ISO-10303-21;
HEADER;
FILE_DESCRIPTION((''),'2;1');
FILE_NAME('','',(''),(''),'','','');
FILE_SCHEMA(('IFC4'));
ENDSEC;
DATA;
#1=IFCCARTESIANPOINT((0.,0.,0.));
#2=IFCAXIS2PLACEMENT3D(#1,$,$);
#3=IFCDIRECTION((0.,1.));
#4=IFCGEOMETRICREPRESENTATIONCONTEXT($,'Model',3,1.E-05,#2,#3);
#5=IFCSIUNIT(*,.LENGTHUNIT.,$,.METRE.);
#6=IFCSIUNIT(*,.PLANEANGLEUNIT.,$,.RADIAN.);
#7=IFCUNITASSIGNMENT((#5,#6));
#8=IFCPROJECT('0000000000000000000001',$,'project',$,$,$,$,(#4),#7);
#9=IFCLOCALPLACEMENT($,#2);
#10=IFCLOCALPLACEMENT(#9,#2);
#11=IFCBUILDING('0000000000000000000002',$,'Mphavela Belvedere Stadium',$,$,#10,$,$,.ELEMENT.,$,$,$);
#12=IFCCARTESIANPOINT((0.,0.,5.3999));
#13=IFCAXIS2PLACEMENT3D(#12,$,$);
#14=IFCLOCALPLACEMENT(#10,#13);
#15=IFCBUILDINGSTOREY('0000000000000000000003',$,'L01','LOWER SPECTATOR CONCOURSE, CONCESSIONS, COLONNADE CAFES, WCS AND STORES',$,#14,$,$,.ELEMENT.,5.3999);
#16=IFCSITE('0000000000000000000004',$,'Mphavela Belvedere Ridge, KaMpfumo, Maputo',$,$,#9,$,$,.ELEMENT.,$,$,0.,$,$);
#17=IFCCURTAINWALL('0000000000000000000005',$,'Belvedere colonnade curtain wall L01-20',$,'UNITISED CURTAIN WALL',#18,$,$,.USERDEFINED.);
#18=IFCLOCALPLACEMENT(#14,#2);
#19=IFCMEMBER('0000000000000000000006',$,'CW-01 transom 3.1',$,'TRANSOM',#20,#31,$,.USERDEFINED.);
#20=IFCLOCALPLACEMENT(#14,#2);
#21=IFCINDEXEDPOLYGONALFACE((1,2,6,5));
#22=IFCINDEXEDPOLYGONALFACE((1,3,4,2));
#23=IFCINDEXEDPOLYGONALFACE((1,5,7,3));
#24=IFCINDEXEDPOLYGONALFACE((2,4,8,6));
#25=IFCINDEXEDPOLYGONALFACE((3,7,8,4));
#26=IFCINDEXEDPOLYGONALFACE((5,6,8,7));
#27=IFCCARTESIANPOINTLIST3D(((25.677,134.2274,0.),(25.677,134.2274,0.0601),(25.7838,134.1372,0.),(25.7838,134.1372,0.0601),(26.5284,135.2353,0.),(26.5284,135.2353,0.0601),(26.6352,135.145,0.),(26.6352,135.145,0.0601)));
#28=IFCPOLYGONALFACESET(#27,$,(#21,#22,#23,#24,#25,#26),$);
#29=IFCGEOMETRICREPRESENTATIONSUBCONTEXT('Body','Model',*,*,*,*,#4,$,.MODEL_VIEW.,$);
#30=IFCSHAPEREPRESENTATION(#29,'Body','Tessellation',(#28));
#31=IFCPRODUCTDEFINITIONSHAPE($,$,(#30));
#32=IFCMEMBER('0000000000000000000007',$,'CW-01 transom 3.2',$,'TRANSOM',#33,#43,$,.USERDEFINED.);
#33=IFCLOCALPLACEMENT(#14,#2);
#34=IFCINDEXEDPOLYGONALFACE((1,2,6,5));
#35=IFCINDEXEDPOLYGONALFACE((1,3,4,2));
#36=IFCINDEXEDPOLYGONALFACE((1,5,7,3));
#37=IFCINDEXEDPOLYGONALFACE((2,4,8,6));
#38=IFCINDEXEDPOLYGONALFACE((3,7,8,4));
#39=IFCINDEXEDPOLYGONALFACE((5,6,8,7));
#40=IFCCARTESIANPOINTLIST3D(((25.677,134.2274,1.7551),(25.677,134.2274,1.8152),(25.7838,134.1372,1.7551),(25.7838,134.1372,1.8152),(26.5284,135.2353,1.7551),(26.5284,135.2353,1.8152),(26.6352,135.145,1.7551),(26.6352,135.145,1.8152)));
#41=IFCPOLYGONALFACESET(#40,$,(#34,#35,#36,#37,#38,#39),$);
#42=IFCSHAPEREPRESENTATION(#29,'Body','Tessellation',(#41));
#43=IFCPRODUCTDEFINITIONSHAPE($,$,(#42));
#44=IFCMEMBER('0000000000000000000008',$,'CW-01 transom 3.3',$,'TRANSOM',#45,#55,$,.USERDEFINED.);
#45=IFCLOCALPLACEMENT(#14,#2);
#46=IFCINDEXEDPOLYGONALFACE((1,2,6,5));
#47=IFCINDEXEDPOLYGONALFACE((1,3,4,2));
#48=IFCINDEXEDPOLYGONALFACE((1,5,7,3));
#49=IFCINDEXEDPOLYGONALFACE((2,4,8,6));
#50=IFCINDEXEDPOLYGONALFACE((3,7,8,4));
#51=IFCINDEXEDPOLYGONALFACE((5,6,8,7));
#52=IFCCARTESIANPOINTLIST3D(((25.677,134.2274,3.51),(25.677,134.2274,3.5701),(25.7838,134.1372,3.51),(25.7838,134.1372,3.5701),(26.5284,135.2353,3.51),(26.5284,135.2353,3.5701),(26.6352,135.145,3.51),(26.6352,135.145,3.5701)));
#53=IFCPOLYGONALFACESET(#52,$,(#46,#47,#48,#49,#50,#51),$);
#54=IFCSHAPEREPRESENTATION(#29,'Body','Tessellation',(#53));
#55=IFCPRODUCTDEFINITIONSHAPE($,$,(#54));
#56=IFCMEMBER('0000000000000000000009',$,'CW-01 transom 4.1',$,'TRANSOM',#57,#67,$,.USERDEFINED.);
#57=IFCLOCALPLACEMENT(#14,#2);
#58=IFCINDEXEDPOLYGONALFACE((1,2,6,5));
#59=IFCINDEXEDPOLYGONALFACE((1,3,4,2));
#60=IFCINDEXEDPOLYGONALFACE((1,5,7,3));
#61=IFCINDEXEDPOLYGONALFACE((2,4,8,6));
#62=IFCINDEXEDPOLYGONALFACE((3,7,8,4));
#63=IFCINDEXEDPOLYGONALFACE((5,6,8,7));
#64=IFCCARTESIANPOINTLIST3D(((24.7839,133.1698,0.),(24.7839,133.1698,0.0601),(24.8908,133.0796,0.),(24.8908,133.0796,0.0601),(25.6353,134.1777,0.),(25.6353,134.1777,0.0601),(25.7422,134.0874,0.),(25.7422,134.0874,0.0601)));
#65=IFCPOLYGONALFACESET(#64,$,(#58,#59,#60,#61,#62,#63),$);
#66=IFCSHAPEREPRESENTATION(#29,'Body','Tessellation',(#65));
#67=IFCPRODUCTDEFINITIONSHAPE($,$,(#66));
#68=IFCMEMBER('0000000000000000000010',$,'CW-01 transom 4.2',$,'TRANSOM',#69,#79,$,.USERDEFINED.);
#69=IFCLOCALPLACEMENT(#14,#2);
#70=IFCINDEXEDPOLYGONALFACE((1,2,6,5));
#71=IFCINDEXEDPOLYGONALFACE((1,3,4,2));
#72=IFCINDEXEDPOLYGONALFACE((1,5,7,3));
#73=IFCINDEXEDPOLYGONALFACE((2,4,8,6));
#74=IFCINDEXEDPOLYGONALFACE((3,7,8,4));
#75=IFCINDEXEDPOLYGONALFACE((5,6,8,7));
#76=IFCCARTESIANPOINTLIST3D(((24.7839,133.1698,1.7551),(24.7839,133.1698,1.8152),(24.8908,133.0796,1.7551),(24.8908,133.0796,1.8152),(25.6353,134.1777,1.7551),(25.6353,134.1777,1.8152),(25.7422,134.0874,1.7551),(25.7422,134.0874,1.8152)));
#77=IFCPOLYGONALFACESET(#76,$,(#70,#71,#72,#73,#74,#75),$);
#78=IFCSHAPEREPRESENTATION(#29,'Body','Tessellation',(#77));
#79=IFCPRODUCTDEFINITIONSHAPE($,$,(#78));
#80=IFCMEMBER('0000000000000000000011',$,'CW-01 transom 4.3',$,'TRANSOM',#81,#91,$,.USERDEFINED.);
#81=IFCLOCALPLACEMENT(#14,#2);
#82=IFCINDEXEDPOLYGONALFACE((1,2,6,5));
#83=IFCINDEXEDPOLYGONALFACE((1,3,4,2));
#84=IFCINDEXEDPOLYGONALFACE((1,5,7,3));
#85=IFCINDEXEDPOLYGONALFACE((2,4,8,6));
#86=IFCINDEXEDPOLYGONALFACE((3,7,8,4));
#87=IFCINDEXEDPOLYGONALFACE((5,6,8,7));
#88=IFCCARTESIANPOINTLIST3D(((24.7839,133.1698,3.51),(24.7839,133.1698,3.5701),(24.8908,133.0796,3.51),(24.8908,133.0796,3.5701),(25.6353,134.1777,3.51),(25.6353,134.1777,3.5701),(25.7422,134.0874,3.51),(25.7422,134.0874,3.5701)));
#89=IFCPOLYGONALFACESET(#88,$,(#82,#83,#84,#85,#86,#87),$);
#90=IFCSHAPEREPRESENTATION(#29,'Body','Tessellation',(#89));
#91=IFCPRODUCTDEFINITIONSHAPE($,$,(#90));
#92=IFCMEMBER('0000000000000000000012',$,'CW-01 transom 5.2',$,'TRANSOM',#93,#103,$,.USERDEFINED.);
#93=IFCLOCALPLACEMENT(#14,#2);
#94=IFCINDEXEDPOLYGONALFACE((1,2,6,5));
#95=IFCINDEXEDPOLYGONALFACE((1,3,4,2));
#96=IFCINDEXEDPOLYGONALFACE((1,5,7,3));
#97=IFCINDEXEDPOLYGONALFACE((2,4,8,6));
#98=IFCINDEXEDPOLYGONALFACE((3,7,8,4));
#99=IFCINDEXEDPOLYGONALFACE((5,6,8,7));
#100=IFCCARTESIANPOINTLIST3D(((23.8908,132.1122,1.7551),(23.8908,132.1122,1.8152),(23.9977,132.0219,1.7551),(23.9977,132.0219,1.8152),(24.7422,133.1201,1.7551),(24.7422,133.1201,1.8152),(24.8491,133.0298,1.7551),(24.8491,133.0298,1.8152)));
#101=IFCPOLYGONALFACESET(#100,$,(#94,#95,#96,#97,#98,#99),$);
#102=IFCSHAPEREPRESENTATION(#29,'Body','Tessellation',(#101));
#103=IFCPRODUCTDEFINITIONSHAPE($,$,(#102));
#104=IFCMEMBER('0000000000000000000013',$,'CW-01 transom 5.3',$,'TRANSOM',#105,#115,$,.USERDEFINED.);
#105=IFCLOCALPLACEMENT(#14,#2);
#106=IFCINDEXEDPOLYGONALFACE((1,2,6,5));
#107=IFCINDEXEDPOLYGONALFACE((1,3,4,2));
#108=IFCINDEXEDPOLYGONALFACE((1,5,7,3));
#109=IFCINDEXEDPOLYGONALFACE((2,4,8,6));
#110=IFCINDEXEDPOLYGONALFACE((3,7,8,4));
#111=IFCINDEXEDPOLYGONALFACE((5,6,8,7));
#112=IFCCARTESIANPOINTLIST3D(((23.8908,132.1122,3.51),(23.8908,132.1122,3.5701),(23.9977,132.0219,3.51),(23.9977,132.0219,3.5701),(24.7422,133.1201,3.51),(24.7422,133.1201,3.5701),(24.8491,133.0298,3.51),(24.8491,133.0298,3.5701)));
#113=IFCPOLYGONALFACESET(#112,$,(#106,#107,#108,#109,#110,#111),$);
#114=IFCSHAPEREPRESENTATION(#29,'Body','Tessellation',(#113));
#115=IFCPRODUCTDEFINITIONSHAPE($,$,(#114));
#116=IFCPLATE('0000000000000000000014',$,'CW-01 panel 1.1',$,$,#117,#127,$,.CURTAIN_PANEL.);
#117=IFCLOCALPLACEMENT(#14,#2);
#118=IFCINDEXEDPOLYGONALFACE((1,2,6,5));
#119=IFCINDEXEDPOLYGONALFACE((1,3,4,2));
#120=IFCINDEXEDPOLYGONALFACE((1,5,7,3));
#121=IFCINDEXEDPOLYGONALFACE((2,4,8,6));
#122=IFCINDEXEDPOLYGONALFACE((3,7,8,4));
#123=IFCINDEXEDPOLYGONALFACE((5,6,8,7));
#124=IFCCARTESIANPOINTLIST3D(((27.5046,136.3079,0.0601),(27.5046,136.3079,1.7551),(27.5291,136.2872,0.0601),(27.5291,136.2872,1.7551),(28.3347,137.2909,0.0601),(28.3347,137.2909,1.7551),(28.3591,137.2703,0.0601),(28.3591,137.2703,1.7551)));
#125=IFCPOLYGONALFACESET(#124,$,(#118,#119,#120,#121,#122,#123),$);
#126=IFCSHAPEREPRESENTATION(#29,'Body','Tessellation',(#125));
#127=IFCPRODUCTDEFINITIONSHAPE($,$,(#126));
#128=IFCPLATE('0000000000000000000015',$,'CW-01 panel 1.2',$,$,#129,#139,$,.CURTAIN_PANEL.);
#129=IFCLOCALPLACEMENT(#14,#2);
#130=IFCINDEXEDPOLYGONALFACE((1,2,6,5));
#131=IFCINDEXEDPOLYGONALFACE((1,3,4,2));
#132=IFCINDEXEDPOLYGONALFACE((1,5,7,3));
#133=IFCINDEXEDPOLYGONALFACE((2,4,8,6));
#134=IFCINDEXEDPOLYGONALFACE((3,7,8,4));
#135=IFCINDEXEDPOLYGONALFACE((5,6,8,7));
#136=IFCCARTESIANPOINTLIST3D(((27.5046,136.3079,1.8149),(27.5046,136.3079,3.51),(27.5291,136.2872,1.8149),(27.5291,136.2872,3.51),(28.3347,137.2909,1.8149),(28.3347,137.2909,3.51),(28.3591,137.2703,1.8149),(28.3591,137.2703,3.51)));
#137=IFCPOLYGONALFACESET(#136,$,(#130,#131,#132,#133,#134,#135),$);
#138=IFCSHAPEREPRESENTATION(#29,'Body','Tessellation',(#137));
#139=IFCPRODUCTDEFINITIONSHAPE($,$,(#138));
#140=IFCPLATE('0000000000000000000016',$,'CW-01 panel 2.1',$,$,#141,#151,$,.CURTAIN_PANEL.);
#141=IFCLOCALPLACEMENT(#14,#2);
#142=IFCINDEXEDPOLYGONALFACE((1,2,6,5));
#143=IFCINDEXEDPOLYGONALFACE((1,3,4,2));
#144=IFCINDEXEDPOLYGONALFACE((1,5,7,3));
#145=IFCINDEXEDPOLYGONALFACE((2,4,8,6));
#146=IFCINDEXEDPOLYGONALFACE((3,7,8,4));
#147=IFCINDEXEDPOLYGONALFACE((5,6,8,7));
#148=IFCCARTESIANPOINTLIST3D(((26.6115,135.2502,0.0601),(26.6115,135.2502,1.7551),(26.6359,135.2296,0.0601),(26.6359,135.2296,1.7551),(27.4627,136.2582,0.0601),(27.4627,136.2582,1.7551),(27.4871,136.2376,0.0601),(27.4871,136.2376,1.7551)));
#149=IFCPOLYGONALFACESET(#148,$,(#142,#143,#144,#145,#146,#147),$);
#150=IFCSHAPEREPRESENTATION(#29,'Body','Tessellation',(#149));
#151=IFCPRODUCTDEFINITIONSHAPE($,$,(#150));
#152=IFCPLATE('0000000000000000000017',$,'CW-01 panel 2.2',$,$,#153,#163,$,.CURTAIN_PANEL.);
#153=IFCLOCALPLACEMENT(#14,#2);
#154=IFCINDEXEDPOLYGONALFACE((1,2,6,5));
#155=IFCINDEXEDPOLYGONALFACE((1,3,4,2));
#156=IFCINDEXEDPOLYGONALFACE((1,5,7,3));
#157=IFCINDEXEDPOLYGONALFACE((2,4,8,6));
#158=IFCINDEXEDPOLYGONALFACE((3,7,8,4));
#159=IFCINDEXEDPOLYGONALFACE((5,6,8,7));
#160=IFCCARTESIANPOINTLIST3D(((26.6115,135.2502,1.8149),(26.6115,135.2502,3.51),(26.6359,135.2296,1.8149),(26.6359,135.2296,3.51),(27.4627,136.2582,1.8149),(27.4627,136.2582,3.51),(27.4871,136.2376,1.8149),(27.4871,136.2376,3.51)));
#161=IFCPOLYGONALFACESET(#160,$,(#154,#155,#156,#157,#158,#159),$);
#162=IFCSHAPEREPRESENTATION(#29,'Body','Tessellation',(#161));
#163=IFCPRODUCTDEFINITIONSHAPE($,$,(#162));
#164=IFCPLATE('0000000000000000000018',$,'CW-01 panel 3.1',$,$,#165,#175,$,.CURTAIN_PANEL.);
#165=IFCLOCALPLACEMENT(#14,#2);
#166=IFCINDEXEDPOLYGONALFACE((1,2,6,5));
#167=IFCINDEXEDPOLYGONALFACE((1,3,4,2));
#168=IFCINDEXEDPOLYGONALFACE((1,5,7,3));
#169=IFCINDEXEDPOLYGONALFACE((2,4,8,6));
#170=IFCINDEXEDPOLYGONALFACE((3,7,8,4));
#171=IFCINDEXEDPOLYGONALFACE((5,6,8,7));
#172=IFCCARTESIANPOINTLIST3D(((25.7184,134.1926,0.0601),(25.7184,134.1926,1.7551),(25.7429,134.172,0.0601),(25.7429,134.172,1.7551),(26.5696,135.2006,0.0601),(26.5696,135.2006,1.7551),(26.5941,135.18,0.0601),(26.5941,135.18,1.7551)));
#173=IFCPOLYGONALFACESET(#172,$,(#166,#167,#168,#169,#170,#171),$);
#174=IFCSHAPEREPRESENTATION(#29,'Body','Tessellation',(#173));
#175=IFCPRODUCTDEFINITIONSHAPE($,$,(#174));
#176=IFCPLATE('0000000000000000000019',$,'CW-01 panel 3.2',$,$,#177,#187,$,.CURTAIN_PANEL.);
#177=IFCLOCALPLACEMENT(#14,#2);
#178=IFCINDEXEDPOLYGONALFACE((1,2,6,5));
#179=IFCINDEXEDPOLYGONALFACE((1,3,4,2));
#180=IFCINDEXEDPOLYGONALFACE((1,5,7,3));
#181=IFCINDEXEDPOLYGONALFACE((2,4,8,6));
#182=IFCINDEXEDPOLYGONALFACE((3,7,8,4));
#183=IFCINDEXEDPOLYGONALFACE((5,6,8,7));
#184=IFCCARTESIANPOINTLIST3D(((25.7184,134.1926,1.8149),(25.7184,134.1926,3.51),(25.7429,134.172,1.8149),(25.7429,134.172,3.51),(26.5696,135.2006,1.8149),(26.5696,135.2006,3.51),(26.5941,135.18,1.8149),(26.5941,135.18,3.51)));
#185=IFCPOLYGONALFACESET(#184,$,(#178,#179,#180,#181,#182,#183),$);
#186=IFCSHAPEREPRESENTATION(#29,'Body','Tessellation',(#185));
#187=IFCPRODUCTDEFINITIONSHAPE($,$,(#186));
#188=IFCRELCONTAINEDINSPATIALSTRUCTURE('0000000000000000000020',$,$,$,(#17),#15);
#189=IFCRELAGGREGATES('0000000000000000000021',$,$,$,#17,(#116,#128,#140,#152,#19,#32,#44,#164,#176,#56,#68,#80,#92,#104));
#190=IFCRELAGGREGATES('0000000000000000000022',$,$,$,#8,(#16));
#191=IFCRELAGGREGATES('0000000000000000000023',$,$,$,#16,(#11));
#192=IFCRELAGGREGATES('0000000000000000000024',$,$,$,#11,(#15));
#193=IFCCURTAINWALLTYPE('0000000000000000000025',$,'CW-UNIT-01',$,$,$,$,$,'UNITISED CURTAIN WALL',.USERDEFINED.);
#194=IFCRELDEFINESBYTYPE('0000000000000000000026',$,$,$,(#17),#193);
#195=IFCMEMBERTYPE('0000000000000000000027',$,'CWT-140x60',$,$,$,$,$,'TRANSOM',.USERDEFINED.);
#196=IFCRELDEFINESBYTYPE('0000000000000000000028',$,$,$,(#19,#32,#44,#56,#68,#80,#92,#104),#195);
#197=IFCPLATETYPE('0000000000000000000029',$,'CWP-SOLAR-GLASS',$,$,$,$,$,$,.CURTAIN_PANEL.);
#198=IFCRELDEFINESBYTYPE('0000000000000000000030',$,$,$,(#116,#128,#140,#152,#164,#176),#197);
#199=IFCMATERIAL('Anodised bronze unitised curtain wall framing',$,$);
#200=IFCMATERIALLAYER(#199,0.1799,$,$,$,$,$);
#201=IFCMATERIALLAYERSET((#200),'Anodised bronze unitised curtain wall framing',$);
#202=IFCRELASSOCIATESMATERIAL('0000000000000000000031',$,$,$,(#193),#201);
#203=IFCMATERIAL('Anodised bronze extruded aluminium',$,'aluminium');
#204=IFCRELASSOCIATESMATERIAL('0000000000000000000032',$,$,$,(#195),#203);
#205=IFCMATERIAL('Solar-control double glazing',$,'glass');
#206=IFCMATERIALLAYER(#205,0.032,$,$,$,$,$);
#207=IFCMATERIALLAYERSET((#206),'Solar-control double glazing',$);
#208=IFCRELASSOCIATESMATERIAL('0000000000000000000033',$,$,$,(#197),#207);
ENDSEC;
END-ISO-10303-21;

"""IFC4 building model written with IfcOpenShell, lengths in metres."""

from ifc_helpers import new_model, si_unit, direction, frame, origin, origin_2d, place, context, subcontext, project, spatial, rectangle, extrude, material, layer, layer_set, material_profile, profile_set, type_object, element, aggregate, save


model = new_model("IFC4")

# Units and contexts
model_context = context("Model", 3, precision=1e-05, world=origin(), true_north=direction((0.0, 1.0)))
body_context = subcontext(model_context, "Body", "Model", "MODEL_VIEW")
ifc_project = project(units=[si_unit("LENGTHUNIT", "METRE"), si_unit("PLANEANGLEUNIT", "RADIAN")], contexts=[model_context])

# Site, building, storey
site_placement = place(None, origin())
site = spatial("IfcSite", under=ifc_project, at=site_placement, Name="Mphavela Belvedere Ridge, KaMpfumo, Maputo", CompositionType="ELEMENT", RefElevation=0.0)
building_placement = place(site_placement, origin())
building = spatial("IfcBuilding", under=site, at=building_placement, Name="Mphavela Belvedere Stadium", CompositionType="ELEMENT")
storey_placement = place(building_placement, frame((0.0, 0.0, 5.3999)))
storey = spatial("IfcBuildingStorey", under=building, at=storey_placement, Name="L01", Description="LOWER SPECTATOR CONCOURSE, CONCESSIONS, COLONNADE CAFES, WCS AND STORES", CompositionType="ELEMENT", Elevation=5.3999)

# Curtain wall, members, plates
ifc_material_1 = material(Name="Anodised bronze unitised curtain wall framing")
ifc_layer_1 = layer(ifc_material_1, 0.1799)
ifc_layer_set_1 = layer_set([ifc_layer_1], Name="Anodised bronze unitised curtain wall framing")
curtain_wall_type_1 = type_object("IfcCurtainWallType", Name="CW-UNIT-01", ElementType="UNITISED CURTAIN WALL", PredefinedType="USERDEFINED", material=ifc_layer_set_1)
curtain_wall_1_placement = place(storey_placement, origin())
curtain_wall_1 = element("IfcCurtainWall", 1, at=curtain_wall_1_placement, inside=storey, type_object=curtain_wall_type_1, Name="Belvedere colonnade curtain wall L01-20", ObjectType="UNITISED CURTAIN WALL", PredefinedType="USERDEFINED")
ifc_material_2 = material(Name="Anodised bronze extruded aluminium", Category="aluminium")
ifc_material_profile_1 = material_profile(ifc_material_2, rectangle(XDim=0.1399, YDim=0.0601, at=origin_2d()), Name="CW-TRN 140x60")
ifc_profile_set_1 = profile_set([ifc_material_profile_1], Name="Anodised bronze extruded aluminium")
member_type_1 = type_object("IfcMemberType", Name="CWT-140x60", ElementType="TRANSOM", PredefinedType="USERDEFINED", material=ifc_profile_set_1)
member_1_placement = place(storey_placement, frame((26.5818, 135.1902, 0.03), z_axis=(-0.645303, -0.763927, 0.0), x_axis=(0.763927, -0.645303, 0.0)))
member_1 = element("IfcMember", 2, at=member_1_placement, type_object=member_type_1, Name="CW-01 transom 3.1", ObjectType="TRANSOM", PredefinedType="USERDEFINED", context=body_context, shape_type="SweptSolid", body=[
    extrude(rectangle(XDim=0.1399, YDim=0.0601, at=origin_2d()), origin(), (0.0, 0.0, 1.0), 1.3193),
])
member_2_placement = place(storey_placement, frame((26.5818, 135.1902, 1.7852), z_axis=(-0.645303, -0.763927, 0.0), x_axis=(0.763927, -0.645303, 0.0)))
member_2 = element("IfcMember", 3, at=member_2_placement, type_object=member_type_1, Name="CW-01 transom 3.2", ObjectType="TRANSOM", PredefinedType="USERDEFINED", context=body_context, shape_type="SweptSolid", body=[
    extrude(rectangle(XDim=0.1399, YDim=0.0601, at=origin_2d()), origin(), (0.0, 0.0, 1.0), 1.3193),
])
member_3_placement = place(storey_placement, frame((26.5818, 135.1902, 3.54), z_axis=(-0.645303, -0.763927, 0.0), x_axis=(0.763927, -0.645303, 0.0)))
member_3 = element("IfcMember", 4, at=member_3_placement, type_object=member_type_1, Name="CW-01 transom 3.3", ObjectType="TRANSOM", PredefinedType="USERDEFINED", context=body_context, shape_type="SweptSolid", body=[
    extrude(rectangle(XDim=0.1399, YDim=0.0601, at=origin_2d()), origin(), (0.0, 0.0, 1.0), 1.3193),
])
member_4_placement = place(storey_placement, frame((25.6887, 134.1326, 0.03), z_axis=(-0.645303, -0.763927, 0.0), x_axis=(0.763927, -0.645303, 0.0)))
member_4 = element("IfcMember", 5, at=member_4_placement, type_object=member_type_1, Name="CW-01 transom 4.1", ObjectType="TRANSOM", PredefinedType="USERDEFINED", context=body_context, shape_type="SweptSolid", body=[
    extrude(rectangle(XDim=0.1399, YDim=0.0601, at=origin_2d()), origin(), (0.0, 0.0, 1.0), 1.3193),
])
member_5_placement = place(storey_placement, frame((25.6887, 134.1326, 1.7852), z_axis=(-0.645303, -0.763927, 0.0), x_axis=(0.763927, -0.645303, 0.0)))
member_5 = element("IfcMember", 6, at=member_5_placement, type_object=member_type_1, Name="CW-01 transom 4.2", ObjectType="TRANSOM", PredefinedType="USERDEFINED", context=body_context, shape_type="SweptSolid", body=[
    extrude(rectangle(XDim=0.1399, YDim=0.0601, at=origin_2d()), origin(), (0.0, 0.0, 1.0), 1.3193),
])
member_6_placement = place(storey_placement, frame((25.6887, 134.1326, 3.54), z_axis=(-0.645303, -0.763927, 0.0), x_axis=(0.763927, -0.645303, 0.0)))
member_6 = element("IfcMember", 7, at=member_6_placement, type_object=member_type_1, Name="CW-01 transom 4.3", ObjectType="TRANSOM", PredefinedType="USERDEFINED", context=body_context, shape_type="SweptSolid", body=[
    extrude(rectangle(XDim=0.1399, YDim=0.0601, at=origin_2d()), origin(), (0.0, 0.0, 1.0), 1.3193),
])
member_7_placement = place(storey_placement, frame((24.7957, 133.075, 1.7852), z_axis=(-0.645303, -0.763927, 0.0), x_axis=(0.763927, -0.645303, 0.0)))
member_7 = element("IfcMember", 8, at=member_7_placement, type_object=member_type_1, Name="CW-01 transom 5.2", ObjectType="TRANSOM", PredefinedType="USERDEFINED", context=body_context, shape_type="SweptSolid", body=[
    extrude(rectangle(XDim=0.1399, YDim=0.0601, at=origin_2d()), origin(), (0.0, 0.0, 1.0), 1.3193),
])
member_8_placement = place(storey_placement, frame((24.7957, 133.075, 3.54), z_axis=(-0.645303, -0.763927, 0.0), x_axis=(0.763927, -0.645303, 0.0)))
member_8 = element("IfcMember", 9, at=member_8_placement, type_object=member_type_1, Name="CW-01 transom 5.3", ObjectType="TRANSOM", PredefinedType="USERDEFINED", context=body_context, shape_type="SweptSolid", body=[
    extrude(rectangle(XDim=0.1399, YDim=0.0601, at=origin_2d()), origin(), (0.0, 0.0, 1.0), 1.3193),
])
ifc_material_3 = material(Name="Solar-control double glazing", Category="glass")
ifc_layer_2 = layer(ifc_material_3, 0.032)
ifc_layer_set_2 = layer_set([ifc_layer_2], Name="Solar-control double glazing")
plate_type = type_object("IfcPlateType", Name="CWP-SOLAR-GLASS", PredefinedType="CURTAIN_PANEL", material=ifc_layer_set_2)
plate_1_placement = place(storey_placement, frame((27.9319, 136.7891, 0.0601), z_axis=(0.0, 0.0, 1.0), x_axis=(-0.645173, -0.764036, 0.0)))
plate_1 = element("IfcPlate", 10, at=plate_1_placement, type_object=plate_type, Name="CW-01 panel 1.1", PredefinedType="CURTAIN_PANEL", context=body_context, shape_type="SweptSolid", body=[
    extrude(rectangle(XDim=1.2866, YDim=0.032, at=origin_2d()), origin(), (0.0, 0.0, 1.0), 1.6951),
])
plate_2_placement = place(storey_placement, frame((27.9319, 136.7891, 1.8149), z_axis=(0.0, 0.0, 1.0), x_axis=(-0.645173, -0.764036, 0.0)))
plate_2 = element("IfcPlate", 11, at=plate_2_placement, type_object=plate_type, Name="CW-01 panel 1.2", PredefinedType="CURTAIN_PANEL", context=body_context, shape_type="SweptSolid", body=[
    extrude(rectangle(XDim=1.2866, YDim=0.032, at=origin_2d()), origin(), (0.0, 0.0, 1.0), 1.6951),
])
plate_3_placement = place(storey_placement, frame((27.0493, 135.7439, 0.0601), z_axis=(0.0, 0.0, 1.0), x_axis=(-0.645173, -0.764036, 0.0)))
plate_3 = element("IfcPlate", 12, at=plate_3_placement, type_object=plate_type, Name="CW-01 panel 2.1", PredefinedType="CURTAIN_PANEL", context=body_context, shape_type="SweptSolid", body=[
    extrude(rectangle(XDim=1.3193, YDim=0.032, at=origin_2d()), origin(), (0.0, 0.0, 1.0), 1.6951),
])
plate_4_placement = place(storey_placement, frame((27.0493, 135.7439, 1.8149), z_axis=(0.0, 0.0, 1.0), x_axis=(-0.645173, -0.764036, 0.0)))
plate_4 = element("IfcPlate", 13, at=plate_4_placement, type_object=plate_type, Name="CW-01 panel 2.2", PredefinedType="CURTAIN_PANEL", context=body_context, shape_type="SweptSolid", body=[
    extrude(rectangle(XDim=1.3193, YDim=0.032, at=origin_2d()), origin(), (0.0, 0.0, 1.0), 1.6951),
])
plate_5_placement = place(storey_placement, frame((26.1562, 134.6863, 0.0601), z_axis=(0.0, 0.0, 1.0), x_axis=(-0.645173, -0.764036, 0.0)))
plate_5 = element("IfcPlate", 14, at=plate_5_placement, type_object=plate_type, Name="CW-01 panel 3.1", PredefinedType="CURTAIN_PANEL", context=body_context, shape_type="SweptSolid", body=[
    extrude(rectangle(XDim=1.3193, YDim=0.032, at=origin_2d()), origin(), (0.0, 0.0, 1.0), 1.6951),
])
plate_6_placement = place(storey_placement, frame((26.1562, 134.6863, 1.8149), z_axis=(0.0, 0.0, 1.0), x_axis=(-0.645173, -0.764036, 0.0)))
plate_6 = element("IfcPlate", 15, at=plate_6_placement, type_object=plate_type, Name="CW-01 panel 3.2", PredefinedType="CURTAIN_PANEL", context=body_context, shape_type="SweptSolid", body=[
    extrude(rectangle(XDim=1.3193, YDim=0.032, at=origin_2d()), origin(), (0.0, 0.0, 1.0), 1.6951),
])
aggregate(curtain_wall_1, [plate_1, plate_2, plate_3, plate_4, member_1, member_2, member_3, plate_5, plate_6, member_4, member_5, member_6, member_7, member_8])

save(model, "model.ifc")
